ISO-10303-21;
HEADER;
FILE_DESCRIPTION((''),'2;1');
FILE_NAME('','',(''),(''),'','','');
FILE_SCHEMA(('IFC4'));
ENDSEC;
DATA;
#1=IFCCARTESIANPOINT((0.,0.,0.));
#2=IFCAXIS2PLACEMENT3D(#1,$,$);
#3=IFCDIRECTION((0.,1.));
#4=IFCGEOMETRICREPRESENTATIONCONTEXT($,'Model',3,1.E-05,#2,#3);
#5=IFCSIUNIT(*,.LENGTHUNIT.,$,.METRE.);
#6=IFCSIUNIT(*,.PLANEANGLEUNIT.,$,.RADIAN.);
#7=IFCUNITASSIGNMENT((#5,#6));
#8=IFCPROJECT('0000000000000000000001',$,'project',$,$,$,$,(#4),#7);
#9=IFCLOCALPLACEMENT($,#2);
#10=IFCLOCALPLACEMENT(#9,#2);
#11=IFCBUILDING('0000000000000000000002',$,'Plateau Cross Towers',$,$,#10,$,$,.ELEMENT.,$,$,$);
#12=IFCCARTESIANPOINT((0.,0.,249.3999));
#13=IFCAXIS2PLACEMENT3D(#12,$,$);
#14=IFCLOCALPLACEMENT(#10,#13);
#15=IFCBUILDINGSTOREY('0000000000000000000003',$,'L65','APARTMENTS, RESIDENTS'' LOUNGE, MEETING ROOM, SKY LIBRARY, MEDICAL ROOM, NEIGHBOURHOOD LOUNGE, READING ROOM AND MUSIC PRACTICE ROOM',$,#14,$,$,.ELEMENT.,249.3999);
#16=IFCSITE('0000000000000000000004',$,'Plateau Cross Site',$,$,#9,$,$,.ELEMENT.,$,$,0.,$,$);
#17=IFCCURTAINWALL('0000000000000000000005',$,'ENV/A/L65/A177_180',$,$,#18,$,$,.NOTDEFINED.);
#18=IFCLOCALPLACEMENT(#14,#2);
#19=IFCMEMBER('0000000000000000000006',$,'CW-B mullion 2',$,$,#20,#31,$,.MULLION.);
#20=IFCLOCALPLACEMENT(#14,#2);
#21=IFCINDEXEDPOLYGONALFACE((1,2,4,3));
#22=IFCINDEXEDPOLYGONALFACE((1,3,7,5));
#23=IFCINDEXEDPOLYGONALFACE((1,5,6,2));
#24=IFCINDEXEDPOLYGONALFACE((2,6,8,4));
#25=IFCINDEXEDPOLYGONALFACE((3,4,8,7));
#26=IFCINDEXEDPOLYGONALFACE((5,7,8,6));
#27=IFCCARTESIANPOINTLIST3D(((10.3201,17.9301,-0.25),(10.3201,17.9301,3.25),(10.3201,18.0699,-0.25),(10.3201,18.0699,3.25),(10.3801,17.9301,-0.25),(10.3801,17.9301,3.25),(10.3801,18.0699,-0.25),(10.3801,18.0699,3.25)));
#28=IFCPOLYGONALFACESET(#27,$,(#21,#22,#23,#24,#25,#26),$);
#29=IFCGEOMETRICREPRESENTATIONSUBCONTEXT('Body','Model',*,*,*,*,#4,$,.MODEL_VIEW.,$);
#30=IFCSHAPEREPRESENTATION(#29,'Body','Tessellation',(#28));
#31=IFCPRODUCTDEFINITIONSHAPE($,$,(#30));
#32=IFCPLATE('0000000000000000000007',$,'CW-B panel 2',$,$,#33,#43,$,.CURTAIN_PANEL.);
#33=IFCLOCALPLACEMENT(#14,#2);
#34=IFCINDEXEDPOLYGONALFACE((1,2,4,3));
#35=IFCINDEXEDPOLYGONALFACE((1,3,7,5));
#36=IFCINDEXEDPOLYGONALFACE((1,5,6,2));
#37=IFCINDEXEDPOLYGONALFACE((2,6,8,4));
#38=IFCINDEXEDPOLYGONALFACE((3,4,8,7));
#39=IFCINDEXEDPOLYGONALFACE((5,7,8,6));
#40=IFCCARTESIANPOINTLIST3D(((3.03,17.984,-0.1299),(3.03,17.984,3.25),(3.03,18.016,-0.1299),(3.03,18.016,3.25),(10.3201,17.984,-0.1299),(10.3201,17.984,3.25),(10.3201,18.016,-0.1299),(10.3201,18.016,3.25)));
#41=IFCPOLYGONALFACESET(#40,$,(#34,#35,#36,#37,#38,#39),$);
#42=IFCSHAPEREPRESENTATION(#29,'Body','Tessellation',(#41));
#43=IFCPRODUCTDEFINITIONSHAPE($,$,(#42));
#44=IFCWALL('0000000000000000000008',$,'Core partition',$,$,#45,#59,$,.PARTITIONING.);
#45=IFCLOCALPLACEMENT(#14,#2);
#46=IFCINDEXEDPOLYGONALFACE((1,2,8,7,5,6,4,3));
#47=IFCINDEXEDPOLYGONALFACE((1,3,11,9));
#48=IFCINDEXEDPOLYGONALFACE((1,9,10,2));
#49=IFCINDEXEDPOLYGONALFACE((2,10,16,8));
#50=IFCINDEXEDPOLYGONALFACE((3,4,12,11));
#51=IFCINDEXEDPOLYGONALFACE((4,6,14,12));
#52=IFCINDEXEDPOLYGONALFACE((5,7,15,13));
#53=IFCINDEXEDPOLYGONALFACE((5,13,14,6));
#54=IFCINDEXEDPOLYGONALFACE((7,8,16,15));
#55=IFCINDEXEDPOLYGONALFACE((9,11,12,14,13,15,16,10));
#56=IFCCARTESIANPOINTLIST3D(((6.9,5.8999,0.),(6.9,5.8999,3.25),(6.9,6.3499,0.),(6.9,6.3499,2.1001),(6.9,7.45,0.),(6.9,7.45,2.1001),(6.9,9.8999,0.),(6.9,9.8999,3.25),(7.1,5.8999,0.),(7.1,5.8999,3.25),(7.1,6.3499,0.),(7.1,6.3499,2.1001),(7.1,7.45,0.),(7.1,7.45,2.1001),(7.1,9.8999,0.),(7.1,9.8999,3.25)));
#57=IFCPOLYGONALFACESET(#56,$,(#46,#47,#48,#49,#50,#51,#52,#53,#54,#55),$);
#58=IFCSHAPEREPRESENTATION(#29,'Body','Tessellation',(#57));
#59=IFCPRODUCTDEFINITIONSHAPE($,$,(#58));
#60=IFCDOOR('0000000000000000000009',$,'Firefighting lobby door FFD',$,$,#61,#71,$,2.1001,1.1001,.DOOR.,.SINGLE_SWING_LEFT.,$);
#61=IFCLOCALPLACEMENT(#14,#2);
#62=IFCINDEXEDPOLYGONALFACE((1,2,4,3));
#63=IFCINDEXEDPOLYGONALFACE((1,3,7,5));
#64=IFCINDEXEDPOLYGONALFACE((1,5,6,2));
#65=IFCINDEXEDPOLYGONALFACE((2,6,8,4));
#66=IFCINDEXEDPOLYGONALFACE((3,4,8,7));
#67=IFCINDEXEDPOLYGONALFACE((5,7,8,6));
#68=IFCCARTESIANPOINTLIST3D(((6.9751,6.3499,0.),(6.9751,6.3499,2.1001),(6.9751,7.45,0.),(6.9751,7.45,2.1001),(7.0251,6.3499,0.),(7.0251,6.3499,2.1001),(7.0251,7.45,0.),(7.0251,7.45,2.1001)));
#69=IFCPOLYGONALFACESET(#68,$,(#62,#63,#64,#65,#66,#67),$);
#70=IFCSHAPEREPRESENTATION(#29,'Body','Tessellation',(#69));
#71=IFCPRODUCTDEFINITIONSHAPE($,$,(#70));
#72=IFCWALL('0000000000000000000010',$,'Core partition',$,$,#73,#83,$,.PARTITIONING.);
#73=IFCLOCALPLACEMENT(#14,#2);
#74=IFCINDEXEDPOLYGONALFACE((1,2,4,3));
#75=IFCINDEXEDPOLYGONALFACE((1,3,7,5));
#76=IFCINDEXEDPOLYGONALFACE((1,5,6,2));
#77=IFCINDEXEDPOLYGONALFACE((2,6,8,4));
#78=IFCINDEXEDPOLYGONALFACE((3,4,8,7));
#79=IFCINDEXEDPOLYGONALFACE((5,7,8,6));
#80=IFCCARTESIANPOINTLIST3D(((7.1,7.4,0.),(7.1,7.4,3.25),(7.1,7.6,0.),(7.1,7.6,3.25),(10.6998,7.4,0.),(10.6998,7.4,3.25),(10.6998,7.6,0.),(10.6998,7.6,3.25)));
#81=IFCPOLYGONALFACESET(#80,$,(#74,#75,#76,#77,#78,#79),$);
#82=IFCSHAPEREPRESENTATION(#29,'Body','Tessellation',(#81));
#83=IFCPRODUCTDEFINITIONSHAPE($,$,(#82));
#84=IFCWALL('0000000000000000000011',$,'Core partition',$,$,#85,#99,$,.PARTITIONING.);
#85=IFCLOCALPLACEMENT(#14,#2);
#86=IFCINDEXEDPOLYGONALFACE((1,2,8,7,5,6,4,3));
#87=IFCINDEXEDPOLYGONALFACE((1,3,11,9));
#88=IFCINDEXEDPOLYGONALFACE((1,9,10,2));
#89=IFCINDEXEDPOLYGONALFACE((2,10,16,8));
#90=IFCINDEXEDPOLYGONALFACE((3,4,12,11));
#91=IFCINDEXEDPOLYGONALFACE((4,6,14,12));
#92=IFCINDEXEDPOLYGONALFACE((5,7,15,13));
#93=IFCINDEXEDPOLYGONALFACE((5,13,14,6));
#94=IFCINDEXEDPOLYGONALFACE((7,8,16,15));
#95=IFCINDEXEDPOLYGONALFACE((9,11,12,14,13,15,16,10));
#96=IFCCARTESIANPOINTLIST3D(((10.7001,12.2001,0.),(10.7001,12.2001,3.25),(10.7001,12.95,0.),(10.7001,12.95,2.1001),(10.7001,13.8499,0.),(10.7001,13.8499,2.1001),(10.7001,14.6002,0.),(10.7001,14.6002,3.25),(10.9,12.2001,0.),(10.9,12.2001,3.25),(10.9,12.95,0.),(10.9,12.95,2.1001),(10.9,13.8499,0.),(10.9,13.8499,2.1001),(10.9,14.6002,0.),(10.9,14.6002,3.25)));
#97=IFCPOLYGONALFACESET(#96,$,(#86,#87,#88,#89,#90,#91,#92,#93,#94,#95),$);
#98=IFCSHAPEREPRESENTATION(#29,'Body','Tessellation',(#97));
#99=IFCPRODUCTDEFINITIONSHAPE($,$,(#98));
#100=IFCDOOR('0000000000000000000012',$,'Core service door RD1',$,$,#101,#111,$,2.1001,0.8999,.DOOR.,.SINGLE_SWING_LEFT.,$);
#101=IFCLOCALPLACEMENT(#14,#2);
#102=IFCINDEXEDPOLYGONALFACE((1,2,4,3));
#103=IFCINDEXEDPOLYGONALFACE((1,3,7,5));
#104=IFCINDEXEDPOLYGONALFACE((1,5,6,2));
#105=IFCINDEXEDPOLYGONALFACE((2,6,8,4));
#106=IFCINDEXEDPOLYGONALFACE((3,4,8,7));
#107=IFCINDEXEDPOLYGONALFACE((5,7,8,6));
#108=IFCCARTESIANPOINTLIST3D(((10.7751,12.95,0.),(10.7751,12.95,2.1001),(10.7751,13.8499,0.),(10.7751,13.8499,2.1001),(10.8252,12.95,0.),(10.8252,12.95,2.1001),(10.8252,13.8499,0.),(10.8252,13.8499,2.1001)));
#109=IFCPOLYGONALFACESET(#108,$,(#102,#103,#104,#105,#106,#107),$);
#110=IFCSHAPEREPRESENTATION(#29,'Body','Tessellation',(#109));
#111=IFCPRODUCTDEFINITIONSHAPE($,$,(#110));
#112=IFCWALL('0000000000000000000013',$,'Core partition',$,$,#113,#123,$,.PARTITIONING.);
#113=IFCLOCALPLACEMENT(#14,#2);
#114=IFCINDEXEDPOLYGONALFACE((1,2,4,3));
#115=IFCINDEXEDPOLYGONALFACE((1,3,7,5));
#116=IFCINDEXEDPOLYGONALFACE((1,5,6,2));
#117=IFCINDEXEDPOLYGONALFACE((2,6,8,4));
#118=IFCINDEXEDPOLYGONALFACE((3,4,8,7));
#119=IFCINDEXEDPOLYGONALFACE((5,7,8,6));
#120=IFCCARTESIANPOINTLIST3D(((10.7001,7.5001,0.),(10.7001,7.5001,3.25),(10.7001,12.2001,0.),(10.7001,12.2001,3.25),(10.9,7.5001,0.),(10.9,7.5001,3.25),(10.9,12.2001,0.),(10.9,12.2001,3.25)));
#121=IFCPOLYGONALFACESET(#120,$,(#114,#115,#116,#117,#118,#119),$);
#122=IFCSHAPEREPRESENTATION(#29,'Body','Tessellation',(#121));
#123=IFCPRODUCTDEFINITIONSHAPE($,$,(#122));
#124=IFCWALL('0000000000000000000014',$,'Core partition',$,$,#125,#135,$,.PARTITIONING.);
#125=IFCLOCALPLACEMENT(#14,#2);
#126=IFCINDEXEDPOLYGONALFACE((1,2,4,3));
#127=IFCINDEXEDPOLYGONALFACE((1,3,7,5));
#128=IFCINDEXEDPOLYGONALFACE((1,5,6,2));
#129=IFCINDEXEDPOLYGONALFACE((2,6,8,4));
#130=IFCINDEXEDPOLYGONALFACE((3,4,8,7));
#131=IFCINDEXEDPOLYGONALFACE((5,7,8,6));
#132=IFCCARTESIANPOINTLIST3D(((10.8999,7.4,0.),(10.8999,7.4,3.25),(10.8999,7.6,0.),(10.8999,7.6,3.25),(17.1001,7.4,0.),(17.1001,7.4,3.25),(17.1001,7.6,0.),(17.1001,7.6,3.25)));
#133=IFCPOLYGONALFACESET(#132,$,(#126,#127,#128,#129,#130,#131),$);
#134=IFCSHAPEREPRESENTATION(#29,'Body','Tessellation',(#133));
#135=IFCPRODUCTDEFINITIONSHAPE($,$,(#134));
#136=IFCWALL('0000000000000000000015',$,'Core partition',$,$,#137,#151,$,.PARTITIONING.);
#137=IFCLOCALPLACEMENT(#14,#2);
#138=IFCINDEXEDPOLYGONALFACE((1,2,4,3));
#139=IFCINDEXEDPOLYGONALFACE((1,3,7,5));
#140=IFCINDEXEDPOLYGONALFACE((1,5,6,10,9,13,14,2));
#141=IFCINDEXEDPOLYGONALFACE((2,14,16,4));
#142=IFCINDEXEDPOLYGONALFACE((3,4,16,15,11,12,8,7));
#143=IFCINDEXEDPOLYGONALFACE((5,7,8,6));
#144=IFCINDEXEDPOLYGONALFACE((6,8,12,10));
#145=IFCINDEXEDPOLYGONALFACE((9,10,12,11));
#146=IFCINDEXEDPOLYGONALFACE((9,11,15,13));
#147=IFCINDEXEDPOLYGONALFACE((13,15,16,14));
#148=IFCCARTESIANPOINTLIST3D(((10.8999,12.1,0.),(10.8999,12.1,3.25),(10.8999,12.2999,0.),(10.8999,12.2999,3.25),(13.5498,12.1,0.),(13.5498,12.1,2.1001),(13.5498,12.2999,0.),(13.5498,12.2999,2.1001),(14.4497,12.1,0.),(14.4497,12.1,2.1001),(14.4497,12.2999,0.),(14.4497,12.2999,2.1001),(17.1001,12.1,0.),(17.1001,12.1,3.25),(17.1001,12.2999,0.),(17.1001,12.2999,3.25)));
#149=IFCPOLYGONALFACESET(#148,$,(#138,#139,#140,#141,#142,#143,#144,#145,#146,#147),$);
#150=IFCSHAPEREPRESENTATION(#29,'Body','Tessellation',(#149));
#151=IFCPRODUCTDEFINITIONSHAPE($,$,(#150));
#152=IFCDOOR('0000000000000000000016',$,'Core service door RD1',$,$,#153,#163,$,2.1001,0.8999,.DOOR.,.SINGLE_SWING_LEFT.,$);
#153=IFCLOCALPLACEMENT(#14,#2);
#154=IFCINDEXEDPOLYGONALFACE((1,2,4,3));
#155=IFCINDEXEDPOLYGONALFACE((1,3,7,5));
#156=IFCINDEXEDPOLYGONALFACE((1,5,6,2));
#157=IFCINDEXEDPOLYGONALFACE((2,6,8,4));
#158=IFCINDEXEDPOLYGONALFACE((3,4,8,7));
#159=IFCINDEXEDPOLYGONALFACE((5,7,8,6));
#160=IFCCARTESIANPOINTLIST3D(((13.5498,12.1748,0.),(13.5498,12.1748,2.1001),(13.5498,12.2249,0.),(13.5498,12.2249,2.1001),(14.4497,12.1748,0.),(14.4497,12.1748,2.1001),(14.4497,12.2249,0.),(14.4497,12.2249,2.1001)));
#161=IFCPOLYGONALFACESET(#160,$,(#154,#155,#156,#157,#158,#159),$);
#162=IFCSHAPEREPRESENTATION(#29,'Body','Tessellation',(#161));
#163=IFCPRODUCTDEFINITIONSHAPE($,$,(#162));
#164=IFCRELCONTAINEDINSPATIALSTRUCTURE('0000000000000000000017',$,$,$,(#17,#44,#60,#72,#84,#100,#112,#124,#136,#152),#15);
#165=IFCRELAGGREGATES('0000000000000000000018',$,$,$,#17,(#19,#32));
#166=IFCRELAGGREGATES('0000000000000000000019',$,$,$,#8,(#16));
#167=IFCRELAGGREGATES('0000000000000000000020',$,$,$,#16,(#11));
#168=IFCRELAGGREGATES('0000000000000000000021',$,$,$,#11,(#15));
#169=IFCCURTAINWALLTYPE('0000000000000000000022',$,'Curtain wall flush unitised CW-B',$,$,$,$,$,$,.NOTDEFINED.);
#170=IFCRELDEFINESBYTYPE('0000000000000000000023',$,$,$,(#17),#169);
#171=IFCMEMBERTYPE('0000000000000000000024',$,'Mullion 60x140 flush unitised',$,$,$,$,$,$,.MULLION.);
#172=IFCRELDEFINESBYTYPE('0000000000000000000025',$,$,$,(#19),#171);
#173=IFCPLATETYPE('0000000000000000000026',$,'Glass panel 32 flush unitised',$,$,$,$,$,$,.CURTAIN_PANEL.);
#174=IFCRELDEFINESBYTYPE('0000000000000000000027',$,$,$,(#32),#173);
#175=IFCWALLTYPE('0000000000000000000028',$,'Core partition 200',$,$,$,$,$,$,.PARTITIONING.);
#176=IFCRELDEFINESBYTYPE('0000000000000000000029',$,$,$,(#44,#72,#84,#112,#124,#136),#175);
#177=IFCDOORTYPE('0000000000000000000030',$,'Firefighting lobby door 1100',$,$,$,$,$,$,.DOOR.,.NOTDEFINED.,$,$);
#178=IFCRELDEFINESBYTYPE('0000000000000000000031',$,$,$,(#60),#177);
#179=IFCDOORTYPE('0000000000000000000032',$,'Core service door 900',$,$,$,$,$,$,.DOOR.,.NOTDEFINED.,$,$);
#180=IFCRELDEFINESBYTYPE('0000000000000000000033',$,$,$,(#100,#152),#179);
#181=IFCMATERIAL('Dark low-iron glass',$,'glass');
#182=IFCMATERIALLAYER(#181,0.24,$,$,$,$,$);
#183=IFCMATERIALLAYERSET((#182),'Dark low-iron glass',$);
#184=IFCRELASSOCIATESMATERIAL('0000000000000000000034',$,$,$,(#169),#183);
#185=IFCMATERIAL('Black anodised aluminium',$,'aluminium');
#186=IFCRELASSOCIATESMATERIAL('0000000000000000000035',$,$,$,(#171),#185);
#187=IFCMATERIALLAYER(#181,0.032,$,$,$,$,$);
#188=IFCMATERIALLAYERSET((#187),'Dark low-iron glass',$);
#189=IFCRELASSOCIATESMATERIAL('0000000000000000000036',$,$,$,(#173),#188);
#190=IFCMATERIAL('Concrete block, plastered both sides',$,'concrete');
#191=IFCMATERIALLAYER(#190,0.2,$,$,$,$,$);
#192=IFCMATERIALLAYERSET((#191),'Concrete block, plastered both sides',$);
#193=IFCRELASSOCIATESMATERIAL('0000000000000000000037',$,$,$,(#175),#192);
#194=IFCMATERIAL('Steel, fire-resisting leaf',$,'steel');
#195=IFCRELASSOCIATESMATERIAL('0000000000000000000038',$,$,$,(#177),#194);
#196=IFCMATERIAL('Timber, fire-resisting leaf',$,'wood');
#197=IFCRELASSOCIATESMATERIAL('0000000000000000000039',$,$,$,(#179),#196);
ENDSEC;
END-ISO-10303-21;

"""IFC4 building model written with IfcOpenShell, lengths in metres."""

from ifc_helpers import new_model, si_unit, direction, frame, frame_2d, origin, origin_2d, place, context, subcontext, project, spatial, rectangle, extrude, material, layer, layer_set, material_profile, profile_set, type_object, element, fill, aggregate, save


model = new_model("IFC4")

# Units and contexts
model_context = context("Model", 3, precision=1e-05, world=origin(), true_north=direction((0.0, 1.0)))
body_context = subcontext(model_context, "Body", "Model", "MODEL_VIEW")
ifc_project = project(units=[si_unit("LENGTHUNIT", "METRE"), si_unit("PLANEANGLEUNIT", "RADIAN")], contexts=[model_context])

# Site, building, storey
site_placement = place(None, origin())
site = spatial("IfcSite", under=ifc_project, at=site_placement, Name="Plateau Cross Site", CompositionType="ELEMENT", RefElevation=0.0)
building_placement = place(site_placement, origin())
building = spatial("IfcBuilding", under=site, at=building_placement, Name="Plateau Cross Towers", CompositionType="ELEMENT")
storey_placement = place(building_placement, frame((0.0, 0.0, 249.3999)))
storey = spatial("IfcBuildingStorey", under=building, at=storey_placement, Name="L65", Description="APARTMENTS, RESIDENTS' LOUNGE, MEETING ROOM, SKY LIBRARY, MEDICAL ROOM, NEIGHBOURHOOD LOUNGE, READING ROOM AND MUSIC PRACTICE ROOM", CompositionType="ELEMENT", Elevation=249.3999)

# Curtain wall, member, plate
ifc_material_1 = material(Name="Dark low-iron glass", Category="glass")
ifc_layer_1 = layer(ifc_material_1, 0.24)
ifc_layer_set_1 = layer_set([ifc_layer_1], Name="Dark low-iron glass")
curtain_wall_type = type_object("IfcCurtainWallType", Name="Curtain wall flush unitised CW-B", PredefinedType="NOTDEFINED", material=ifc_layer_set_1)
curtain_wall_placement = place(storey_placement, origin())
curtain_wall = element("IfcCurtainWall", 1, at=curtain_wall_placement, inside=storey, type_object=curtain_wall_type, Name="ENV/A/L65/A177_180", PredefinedType="NOTDEFINED")
ifc_material_2 = material(Name="Black anodised aluminium", Category="aluminium")
ifc_material_profile = material_profile(ifc_material_2, rectangle(XDim=0.0601, YDim=0.1399, at=origin_2d()), Name="MULLION 60x140")
ifc_profile_set = profile_set([ifc_material_profile], Name="Black anodised aluminium")
member_type = type_object("IfcMemberType", Name="Mullion 60x140 flush unitised", PredefinedType="MULLION", material=ifc_profile_set)
member_placement = place(storey_placement, frame((10.3501, 18.0, -0.25), z_axis=(0.0, 0.0, 1.0), x_axis=(-1.0, 0.0, 0.0)))
member = element("IfcMember", 2, at=member_placement, type_object=member_type, Name="CW-B mullion 2", PredefinedType="MULLION", context=body_context, shape_type="SweptSolid", body=[
    extrude(rectangle(XDim=0.0601, YDim=0.1399, at=origin_2d()), origin(), (0.0, 0.0, 1.0), 3.5),
])
ifc_layer_2 = layer(ifc_material_1, 0.032)
ifc_layer_set_2 = layer_set([ifc_layer_2], Name="Dark low-iron glass")
plate_type = type_object("IfcPlateType", Name="Glass panel 32 flush unitised", PredefinedType="CURTAIN_PANEL", material=ifc_layer_set_2)
plate_placement = place(storey_placement, frame((6.675, 18.0, -0.1299), z_axis=(0.0, 0.0, 1.0), x_axis=(-1.0, 0.0, 0.0)))
plate = element("IfcPlate", 3, at=plate_placement, type_object=plate_type, Name="CW-B panel 2", PredefinedType="CURTAIN_PANEL", context=body_context, shape_type="SweptSolid", body=[
    extrude(rectangle(XDim=7.29, YDim=0.032, at=origin_2d()), origin(), (0.0, 0.0, 1.0), 3.3799),
])
aggregate(curtain_wall, [member, plate])

# Wall, opening, door
ifc_material_3 = material(Name="Concrete block, plastered both sides", Category="concrete")
ifc_layer_3 = layer(ifc_material_3, 0.2)
ifc_layer_set_3 = layer_set([ifc_layer_3], Name="Concrete block, plastered both sides")
wall_type_1 = type_object("IfcWallType", Name="Core partition 200", PredefinedType="PARTITIONING", material=ifc_layer_set_3)
wall_1_placement = place(storey_placement, frame((7.0, 5.8999, 0.0), z_axis=(0.0, 0.0, 1.0), x_axis=(0.0, 1.0, 0.0)))
wall_1 = element("IfcWall", 4, at=wall_1_placement, inside=storey, type_object=wall_type_1, Name="Core partition", PredefinedType="PARTITIONING", context=body_context, shape_type="SweptSolid", body=[
    extrude(rectangle(XDim=4.0, YDim=0.2, at=frame_2d((2.0, 0.0))), origin(), (0.0, 0.0, 1.0), 3.25),
])
opening_1_placement = place(wall_1_placement, frame((0.45, 0.0, 0.0)))
opening_1 = element("IfcOpeningElement", 5, at=opening_1_placement, cuts=wall_1, PredefinedType="OPENING", context=body_context, shape_type="SweptSolid", body=[
    extrude(rectangle(XDim=1.1001, YDim=2.1001, at=frame_2d((0.55, 1.05))), frame((0.0, 0.1099, 0.0), z_axis=(0.0, -1.0, 0.0), x_axis=(1.0, 0.0, 0.0)), (0.0, 0.0, 1.0), 0.22),
])
ifc_material_4 = material(Name="Steel, fire-resisting leaf", Category="steel")
door_type_1 = type_object("IfcDoorType", Name="Firefighting lobby door 1100", OperationType="NOTDEFINED", PredefinedType="DOOR", material=ifc_material_4)
door_1_placement = place(opening_1_placement, origin())
door_1 = element("IfcDoor", 6, at=door_1_placement, inside=storey, type_object=door_type_1, Name="Firefighting lobby door FFD", OperationType="SINGLE_SWING_LEFT", OverallHeight=2.1001, OverallWidth=1.1001, PredefinedType="DOOR", context=body_context, shape_type="SweptSolid", body=[
    extrude(rectangle(XDim=1.1001, YDim=2.1001, at=frame_2d((0.55, 1.05))), frame((0.0, 0.0249, 0.0), z_axis=(0.0, -1.0, 0.0), x_axis=(1.0, 0.0, 0.0)), (0.0, 0.0, 1.0), 0.05),
])
fill(opening_1, door_1)

# Wall
wall_2_placement = place(storey_placement, frame((7.1001, 7.5, 0.0), z_axis=(0.0, 0.0, 1.0), x_axis=(1.0, 0.0, 0.0)))
element("IfcWall", 7, at=wall_2_placement, inside=storey, type_object=wall_type_1, Name="Core partition", PredefinedType="PARTITIONING", context=body_context, shape_type="SweptSolid", body=[
    extrude(rectangle(XDim=3.5999, YDim=0.2, at=frame_2d((1.7998, 0.0))), origin(), (0.0, 0.0, 1.0), 3.25),
])

# Wall, opening, door
wall_3_placement = place(storey_placement, frame((10.8, 12.2, 0.0), z_axis=(0.0, 0.0, 1.0), x_axis=(0.0, 1.0, 0.0)))
wall_3 = element("IfcWall", 8, at=wall_3_placement, inside=storey, type_object=wall_type_1, Name="Core partition", PredefinedType="PARTITIONING", context=body_context, shape_type="SweptSolid", body=[
    extrude(rectangle(XDim=2.4001, YDim=0.2, at=frame_2d((1.2002, 0.0))), origin(), (0.0, 0.0, 1.0), 3.25),
])
opening_2_placement = place(wall_3_placement, frame((0.75, 0.0, 0.0)))
opening_2 = element("IfcOpeningElement", 9, at=opening_2_placement, cuts=wall_3, PredefinedType="OPENING", context=body_context, shape_type="SweptSolid", body=[
    extrude(rectangle(XDim=0.8999, YDim=2.1001, at=frame_2d((0.45, 1.05))), frame((0.0, 0.1099, 0.0), z_axis=(0.0, -1.0, 0.0), x_axis=(1.0, 0.0, 0.0)), (0.0, 0.0, 1.0), 0.22),
])
ifc_material_5 = material(Name="Timber, fire-resisting leaf", Category="wood")
door_type_2 = type_object("IfcDoorType", Name="Core service door 900", OperationType="NOTDEFINED", PredefinedType="DOOR", material=ifc_material_5)
door_2_placement = place(opening_2_placement, origin())
door_2 = element("IfcDoor", 10, at=door_2_placement, inside=storey, type_object=door_type_2, Name="Core service door RD1", OperationType="SINGLE_SWING_LEFT", OverallHeight=2.1001, OverallWidth=0.8999, PredefinedType="DOOR", context=body_context, shape_type="SweptSolid", body=[
    extrude(rectangle(XDim=0.8999, YDim=2.1001, at=frame_2d((0.45, 1.05))), frame((0.0, 0.0249, 0.0), z_axis=(0.0, -1.0, 0.0), x_axis=(1.0, 0.0, 0.0)), (0.0, 0.0, 1.0), 0.05),
])
fill(opening_2, door_2)

# Walls
wall_4_placement = place(storey_placement, frame((10.8, 7.5, 0.0), z_axis=(0.0, 0.0, 1.0), x_axis=(0.0, 1.0, 0.0)))
element("IfcWall", 11, at=wall_4_placement, inside=storey, type_object=wall_type_1, Name="Core partition", PredefinedType="PARTITIONING", context=body_context, shape_type="SweptSolid", body=[
    extrude(rectangle(XDim=4.7, YDim=0.2, at=frame_2d((2.3501, 0.0))), origin(), (0.0, 0.0, 1.0), 3.25),
])
wall_5_placement = place(storey_placement, frame((10.8999, 7.5, 0.0), z_axis=(0.0, 0.0, 1.0), x_axis=(1.0, 0.0, 0.0)))
element("IfcWall", 12, at=wall_5_placement, inside=storey, type_object=wall_type_1, Name="Core partition", PredefinedType="PARTITIONING", context=body_context, shape_type="SweptSolid", body=[
    extrude(rectangle(XDim=6.2002, YDim=0.2, at=frame_2d((3.1001, 0.0))), origin(), (0.0, 0.0, 1.0), 3.25),
])

# Wall, opening, door
wall_6_placement = place(storey_placement, frame((10.8999, 12.2, 0.0), z_axis=(0.0, 0.0, 1.0), x_axis=(1.0, 0.0, 0.0)))
wall_6 = element("IfcWall", 13, at=wall_6_placement, inside=storey, type_object=wall_type_1, Name="Core partition", PredefinedType="PARTITIONING", context=body_context, shape_type="SweptSolid", body=[
    extrude(rectangle(XDim=6.2002, YDim=0.2, at=frame_2d((3.1001, 0.0))), origin(), (0.0, 0.0, 1.0), 3.25),
])
opening_3_placement = place(wall_6_placement, frame((2.6499, 0.0, 0.0)))
opening_3 = element("IfcOpeningElement", 14, at=opening_3_placement, cuts=wall_6, PredefinedType="OPENING", context=body_context, shape_type="SweptSolid", body=[
    extrude(rectangle(XDim=0.8999, YDim=2.1001, at=frame_2d((0.45, 1.05))), frame((0.0, 0.1099, 0.0), z_axis=(0.0, -1.0, 0.0), x_axis=(1.0, 0.0, 0.0)), (0.0, 0.0, 1.0), 0.22),
])
door_3_placement = place(opening_3_placement, origin())
door_3 = element("IfcDoor", 15, at=door_3_placement, inside=storey, type_object=door_type_2, Name="Core service door RD1", OperationType="SINGLE_SWING_LEFT", OverallHeight=2.1001, OverallWidth=0.8999, PredefinedType="DOOR", context=body_context, shape_type="SweptSolid", body=[
    extrude(rectangle(XDim=0.8999, YDim=2.1001, at=frame_2d((0.45, 1.05))), frame((0.0, 0.0249, 0.0), z_axis=(0.0, -1.0, 0.0), x_axis=(1.0, 0.0, 0.0)), (0.0, 0.0, 1.0), 0.05),
])
fill(opening_3, door_3)

save(model, "model.ifc")
